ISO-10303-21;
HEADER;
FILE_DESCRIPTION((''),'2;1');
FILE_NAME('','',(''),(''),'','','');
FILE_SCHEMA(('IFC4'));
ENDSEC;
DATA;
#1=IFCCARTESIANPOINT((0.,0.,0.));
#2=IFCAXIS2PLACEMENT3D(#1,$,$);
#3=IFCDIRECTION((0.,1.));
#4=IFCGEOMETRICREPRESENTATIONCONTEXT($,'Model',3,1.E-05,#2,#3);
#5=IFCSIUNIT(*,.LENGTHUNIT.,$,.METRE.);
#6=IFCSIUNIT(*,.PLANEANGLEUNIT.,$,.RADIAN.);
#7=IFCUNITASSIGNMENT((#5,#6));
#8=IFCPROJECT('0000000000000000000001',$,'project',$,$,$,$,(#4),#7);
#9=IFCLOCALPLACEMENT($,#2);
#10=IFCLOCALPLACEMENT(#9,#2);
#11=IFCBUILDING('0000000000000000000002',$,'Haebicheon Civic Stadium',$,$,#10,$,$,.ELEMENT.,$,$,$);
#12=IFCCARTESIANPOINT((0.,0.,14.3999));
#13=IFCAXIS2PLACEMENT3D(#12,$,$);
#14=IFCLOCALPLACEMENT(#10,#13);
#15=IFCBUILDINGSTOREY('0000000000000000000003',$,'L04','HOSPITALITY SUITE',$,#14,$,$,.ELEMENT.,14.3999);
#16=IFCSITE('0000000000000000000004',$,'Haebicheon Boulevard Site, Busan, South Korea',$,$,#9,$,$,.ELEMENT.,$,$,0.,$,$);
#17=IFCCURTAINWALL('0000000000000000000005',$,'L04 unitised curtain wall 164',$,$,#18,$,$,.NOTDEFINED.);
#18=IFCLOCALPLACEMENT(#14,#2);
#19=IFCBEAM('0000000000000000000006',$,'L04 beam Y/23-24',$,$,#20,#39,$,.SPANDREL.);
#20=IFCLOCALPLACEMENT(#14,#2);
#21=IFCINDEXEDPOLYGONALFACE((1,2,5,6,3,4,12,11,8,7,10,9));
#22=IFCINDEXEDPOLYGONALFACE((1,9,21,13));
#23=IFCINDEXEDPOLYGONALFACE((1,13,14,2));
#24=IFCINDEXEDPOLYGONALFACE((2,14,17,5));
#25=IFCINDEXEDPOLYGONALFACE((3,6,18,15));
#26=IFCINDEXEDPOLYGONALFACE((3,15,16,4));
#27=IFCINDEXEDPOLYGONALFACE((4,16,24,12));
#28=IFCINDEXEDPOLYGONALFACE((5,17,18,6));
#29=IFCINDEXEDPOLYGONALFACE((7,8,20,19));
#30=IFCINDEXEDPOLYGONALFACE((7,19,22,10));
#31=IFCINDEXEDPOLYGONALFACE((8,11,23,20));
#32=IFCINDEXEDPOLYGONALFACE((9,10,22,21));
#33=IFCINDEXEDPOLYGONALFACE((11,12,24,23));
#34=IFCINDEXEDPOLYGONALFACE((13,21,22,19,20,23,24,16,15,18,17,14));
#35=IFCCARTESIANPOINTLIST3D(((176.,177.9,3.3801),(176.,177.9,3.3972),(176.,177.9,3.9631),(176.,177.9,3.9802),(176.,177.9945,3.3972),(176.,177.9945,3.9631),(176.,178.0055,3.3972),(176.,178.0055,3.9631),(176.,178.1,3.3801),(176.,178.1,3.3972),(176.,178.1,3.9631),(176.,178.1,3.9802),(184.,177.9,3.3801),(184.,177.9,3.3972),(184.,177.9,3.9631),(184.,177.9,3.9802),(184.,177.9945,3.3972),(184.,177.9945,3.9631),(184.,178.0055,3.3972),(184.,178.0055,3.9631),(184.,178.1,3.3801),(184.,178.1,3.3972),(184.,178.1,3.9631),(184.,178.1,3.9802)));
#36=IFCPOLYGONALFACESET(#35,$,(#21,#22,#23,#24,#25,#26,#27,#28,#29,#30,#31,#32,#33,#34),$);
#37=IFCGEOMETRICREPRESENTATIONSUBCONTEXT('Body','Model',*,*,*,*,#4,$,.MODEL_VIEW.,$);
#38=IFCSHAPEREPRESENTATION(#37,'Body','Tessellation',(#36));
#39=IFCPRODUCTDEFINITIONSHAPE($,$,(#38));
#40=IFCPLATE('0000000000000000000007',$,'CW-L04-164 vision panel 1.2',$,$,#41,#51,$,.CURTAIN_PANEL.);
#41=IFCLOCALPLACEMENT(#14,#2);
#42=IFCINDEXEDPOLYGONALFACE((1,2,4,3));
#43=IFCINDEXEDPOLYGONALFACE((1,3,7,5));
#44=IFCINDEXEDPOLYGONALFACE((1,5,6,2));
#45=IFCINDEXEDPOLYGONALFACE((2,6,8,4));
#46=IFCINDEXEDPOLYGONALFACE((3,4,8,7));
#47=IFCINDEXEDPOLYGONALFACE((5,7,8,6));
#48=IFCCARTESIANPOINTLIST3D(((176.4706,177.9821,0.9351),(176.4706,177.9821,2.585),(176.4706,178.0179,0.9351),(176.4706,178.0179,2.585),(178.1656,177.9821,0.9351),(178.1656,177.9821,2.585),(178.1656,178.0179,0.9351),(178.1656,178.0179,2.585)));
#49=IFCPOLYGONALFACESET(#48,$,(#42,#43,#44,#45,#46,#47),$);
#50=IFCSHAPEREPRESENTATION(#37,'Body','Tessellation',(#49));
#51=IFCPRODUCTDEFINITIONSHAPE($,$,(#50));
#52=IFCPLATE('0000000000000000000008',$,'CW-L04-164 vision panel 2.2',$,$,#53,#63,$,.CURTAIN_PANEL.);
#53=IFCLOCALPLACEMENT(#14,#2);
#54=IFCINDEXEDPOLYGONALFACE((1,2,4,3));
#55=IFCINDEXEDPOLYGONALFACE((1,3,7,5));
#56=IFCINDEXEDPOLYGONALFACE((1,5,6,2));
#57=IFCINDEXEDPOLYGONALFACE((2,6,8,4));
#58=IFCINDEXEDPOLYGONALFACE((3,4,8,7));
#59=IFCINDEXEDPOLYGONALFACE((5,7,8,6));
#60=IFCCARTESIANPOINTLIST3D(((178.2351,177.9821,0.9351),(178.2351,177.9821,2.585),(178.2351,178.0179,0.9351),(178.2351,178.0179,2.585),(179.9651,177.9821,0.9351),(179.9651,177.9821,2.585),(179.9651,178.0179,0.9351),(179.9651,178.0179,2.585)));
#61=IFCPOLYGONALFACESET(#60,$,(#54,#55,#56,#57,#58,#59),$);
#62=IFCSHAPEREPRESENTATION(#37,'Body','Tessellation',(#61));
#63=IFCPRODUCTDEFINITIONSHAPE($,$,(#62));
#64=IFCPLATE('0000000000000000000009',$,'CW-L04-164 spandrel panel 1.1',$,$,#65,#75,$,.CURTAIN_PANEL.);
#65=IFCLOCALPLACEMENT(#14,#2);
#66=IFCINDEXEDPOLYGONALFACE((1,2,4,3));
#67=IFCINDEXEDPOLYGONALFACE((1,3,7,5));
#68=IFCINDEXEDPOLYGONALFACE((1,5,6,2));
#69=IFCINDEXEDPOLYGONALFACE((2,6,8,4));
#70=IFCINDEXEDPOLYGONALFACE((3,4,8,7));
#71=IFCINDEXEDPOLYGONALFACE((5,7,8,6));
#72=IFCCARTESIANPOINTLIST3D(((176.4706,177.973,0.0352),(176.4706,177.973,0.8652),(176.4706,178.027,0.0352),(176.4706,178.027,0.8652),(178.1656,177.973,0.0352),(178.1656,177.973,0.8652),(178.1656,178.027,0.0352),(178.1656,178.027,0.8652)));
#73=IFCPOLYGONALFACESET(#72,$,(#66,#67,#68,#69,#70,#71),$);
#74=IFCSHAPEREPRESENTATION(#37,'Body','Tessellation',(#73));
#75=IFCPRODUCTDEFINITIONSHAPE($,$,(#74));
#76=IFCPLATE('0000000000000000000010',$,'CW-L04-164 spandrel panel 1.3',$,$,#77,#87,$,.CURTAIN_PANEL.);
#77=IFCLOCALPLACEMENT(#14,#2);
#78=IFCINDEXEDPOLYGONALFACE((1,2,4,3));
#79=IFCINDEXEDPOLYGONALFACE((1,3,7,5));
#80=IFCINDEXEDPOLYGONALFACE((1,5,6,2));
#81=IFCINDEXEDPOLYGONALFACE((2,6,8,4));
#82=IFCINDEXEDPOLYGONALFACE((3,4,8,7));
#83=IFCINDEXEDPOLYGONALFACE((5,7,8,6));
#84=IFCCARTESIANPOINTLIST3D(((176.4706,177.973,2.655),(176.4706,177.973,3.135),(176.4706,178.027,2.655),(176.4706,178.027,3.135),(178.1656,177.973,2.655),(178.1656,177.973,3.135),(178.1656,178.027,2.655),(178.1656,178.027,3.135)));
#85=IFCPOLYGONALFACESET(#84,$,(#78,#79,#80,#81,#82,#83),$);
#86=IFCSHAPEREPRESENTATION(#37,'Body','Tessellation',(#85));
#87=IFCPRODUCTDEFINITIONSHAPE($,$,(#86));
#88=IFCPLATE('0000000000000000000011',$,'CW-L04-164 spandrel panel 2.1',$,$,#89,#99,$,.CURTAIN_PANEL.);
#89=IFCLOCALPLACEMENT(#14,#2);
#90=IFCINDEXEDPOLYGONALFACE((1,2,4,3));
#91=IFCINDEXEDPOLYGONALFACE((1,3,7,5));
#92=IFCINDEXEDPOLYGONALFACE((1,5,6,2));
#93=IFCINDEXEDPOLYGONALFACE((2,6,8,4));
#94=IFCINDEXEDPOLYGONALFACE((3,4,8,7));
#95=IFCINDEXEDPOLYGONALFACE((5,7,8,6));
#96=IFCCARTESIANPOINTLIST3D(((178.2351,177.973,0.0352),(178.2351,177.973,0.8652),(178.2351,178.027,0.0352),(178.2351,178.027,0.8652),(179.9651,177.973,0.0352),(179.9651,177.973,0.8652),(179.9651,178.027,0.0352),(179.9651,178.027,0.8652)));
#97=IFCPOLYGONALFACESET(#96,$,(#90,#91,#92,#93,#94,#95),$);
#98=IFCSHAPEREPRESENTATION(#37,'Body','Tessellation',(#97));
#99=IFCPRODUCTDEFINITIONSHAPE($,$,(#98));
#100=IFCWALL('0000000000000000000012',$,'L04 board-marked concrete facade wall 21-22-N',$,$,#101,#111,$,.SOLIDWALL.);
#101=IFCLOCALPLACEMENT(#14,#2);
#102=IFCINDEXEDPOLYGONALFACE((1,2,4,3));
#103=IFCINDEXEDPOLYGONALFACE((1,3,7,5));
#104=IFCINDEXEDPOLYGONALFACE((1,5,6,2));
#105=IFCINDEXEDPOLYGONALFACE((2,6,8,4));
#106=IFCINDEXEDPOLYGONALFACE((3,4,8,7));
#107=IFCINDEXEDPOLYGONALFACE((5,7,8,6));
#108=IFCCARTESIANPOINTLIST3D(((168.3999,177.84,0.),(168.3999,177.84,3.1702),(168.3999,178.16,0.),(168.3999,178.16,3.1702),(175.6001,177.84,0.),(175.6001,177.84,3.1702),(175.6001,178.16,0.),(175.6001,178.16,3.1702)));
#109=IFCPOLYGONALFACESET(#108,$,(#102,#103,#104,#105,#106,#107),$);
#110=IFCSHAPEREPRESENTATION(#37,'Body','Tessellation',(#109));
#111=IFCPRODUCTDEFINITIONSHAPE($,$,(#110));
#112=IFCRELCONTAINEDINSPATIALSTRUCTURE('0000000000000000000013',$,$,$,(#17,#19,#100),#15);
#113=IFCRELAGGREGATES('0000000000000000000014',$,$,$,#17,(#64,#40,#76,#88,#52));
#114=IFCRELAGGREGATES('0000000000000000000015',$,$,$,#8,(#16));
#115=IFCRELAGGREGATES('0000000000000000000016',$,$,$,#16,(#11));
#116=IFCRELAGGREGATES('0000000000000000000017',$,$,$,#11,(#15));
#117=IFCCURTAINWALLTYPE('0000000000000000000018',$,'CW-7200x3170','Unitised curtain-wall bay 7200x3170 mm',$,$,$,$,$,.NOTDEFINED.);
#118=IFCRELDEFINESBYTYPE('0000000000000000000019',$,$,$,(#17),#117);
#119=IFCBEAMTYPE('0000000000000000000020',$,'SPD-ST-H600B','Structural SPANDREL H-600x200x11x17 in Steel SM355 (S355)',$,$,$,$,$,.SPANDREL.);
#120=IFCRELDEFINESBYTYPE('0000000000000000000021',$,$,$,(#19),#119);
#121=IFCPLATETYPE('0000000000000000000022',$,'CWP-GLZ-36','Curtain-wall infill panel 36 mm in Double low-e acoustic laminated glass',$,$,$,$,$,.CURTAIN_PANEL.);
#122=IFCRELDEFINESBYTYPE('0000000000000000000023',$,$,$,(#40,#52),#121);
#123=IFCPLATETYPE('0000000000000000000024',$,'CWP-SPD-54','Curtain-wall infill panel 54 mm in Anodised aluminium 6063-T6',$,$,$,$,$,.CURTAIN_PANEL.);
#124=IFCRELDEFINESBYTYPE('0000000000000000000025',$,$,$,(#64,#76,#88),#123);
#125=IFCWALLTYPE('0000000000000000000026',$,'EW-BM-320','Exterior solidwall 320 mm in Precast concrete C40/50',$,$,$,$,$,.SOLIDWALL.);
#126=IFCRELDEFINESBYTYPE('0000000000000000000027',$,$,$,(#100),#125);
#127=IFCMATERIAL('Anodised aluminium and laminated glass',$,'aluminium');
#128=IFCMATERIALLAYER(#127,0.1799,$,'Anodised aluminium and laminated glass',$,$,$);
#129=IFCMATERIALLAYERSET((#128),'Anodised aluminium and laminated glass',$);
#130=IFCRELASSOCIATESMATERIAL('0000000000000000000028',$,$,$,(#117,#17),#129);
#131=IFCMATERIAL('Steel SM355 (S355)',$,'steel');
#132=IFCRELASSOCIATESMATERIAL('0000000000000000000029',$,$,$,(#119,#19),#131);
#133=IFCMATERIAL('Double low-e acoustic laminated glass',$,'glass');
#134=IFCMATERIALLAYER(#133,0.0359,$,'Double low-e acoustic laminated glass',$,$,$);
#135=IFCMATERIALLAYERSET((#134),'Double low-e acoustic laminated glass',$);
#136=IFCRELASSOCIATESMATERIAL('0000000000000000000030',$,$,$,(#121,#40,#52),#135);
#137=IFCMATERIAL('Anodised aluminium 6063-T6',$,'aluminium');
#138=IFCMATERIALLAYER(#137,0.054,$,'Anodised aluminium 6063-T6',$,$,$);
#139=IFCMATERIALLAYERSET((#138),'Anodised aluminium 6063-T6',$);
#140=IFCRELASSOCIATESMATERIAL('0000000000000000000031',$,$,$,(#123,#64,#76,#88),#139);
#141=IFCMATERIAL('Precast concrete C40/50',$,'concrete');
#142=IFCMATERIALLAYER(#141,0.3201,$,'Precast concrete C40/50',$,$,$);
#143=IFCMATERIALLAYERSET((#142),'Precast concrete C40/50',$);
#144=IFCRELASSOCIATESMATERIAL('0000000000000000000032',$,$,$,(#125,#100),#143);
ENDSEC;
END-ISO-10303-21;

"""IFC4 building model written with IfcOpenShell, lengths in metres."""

from ifc_helpers import new_model, si_unit, direction, frame, frame_2d, origin, origin_2d, place, context, subcontext, project, spatial, rectangle, i_section, extrude, material, layer, layer_set, material_profile, profile_set, type_object, element, aggregate, save


model = new_model("IFC4")

# Units and contexts
model_context = context("Model", 3, precision=1e-05, world=origin(), true_north=direction((0.0, 1.0)))
body_context = subcontext(model_context, "Body", "Model", "MODEL_VIEW")
ifc_project = project(units=[si_unit("LENGTHUNIT", "METRE"), si_unit("PLANEANGLEUNIT", "RADIAN")], contexts=[model_context])

# Site, building, storey
site_placement = place(None, origin())
site = spatial("IfcSite", under=ifc_project, at=site_placement, Name="Haebicheon Boulevard Site, Busan, South Korea", CompositionType="ELEMENT", RefElevation=0.0)
building_placement = place(site_placement, origin())
building = spatial("IfcBuilding", under=site, at=building_placement, Name="Haebicheon Civic Stadium", CompositionType="ELEMENT")
storey_placement = place(building_placement, frame((0.0, 0.0, 14.3999)))
storey = spatial("IfcBuildingStorey", under=building, at=storey_placement, Name="L04", Description="HOSPITALITY SUITE", CompositionType="ELEMENT", Elevation=14.3999)

# Curtain wall
ifc_material_1 = material(Name="Anodised aluminium and laminated glass", Category="aluminium")
ifc_layer_1 = layer(ifc_material_1, 0.1799, Name="Anodised aluminium and laminated glass")
ifc_layer_set_1 = layer_set([ifc_layer_1], Name="Anodised aluminium and laminated glass")
curtain_wall_type = type_object("IfcCurtainWallType", Name="CW-7200x3170", Description="Unitised curtain-wall bay 7200x3170 mm", PredefinedType="NOTDEFINED", material=ifc_layer_set_1)
curtain_wall_placement = place(storey_placement, origin())
curtain_wall = element("IfcCurtainWall", 1, at=curtain_wall_placement, inside=storey, type_object=curtain_wall_type, material=ifc_layer_set_1, Name="L04 unitised curtain wall 164", PredefinedType="NOTDEFINED")

# Beam
ifc_material_2 = material(Name="Steel SM355 (S355)", Category="steel")
ifc_material_profile_1 = material_profile(ifc_material_2, i_section(OverallWidth=0.2, OverallDepth=0.6001, WebThickness=0.011, FlangeThickness=0.0171, at=origin_2d()), Name="H-600x200x11x17")
ifc_profile_set_1 = profile_set([ifc_material_profile_1], Name="Steel SM355 (S355)")
beam_type = type_object("IfcBeamType", Name="SPD-ST-H600B", Description="Structural SPANDREL H-600x200x11x17 in Steel SM355 (S355)", PredefinedType="SPANDREL", material=ifc_profile_set_1)
for number, where, z_axis, x_axis, name in (
    (2, (176.0, 178.0, 3.6802), (1.0, 0.0, 0.0), (0.0, 1.0, 0.0), "L04 beam Y/23-24"),
):
    element("IfcBeam", number, at=place(storey_placement, frame(where, z_axis=z_axis, x_axis=x_axis)), inside=storey, type_object=beam_type, material=ifc_profile_set_1, Name=name, PredefinedType="SPANDREL", context=body_context, shape_type="SweptSolid", body=[
        extrude(i_section(OverallWidth=0.2, OverallDepth=0.6001, WebThickness=0.011, FlangeThickness=0.0171, at=origin_2d()), origin(), (0.0, 0.0, 1.0), 8.0),
    ])

# Plates
ifc_material_3 = material(Name="Double low-e acoustic laminated glass", Category="glass")
ifc_layer_2 = layer(ifc_material_3, 0.0359, Name="Double low-e acoustic laminated glass")
ifc_layer_set_2 = layer_set([ifc_layer_2], Name="Double low-e acoustic laminated glass")
plate_type_1 = type_object("IfcPlateType", Name="CWP-GLZ-36", Description="Curtain-wall infill panel 36 mm in Double low-e acoustic laminated glass", PredefinedType="CURTAIN_PANEL", material=ifc_layer_set_2)
plate_1_placement = place(storey_placement, frame((177.3181, 178.0, 0.9351), z_axis=(0.0, 0.0, 1.0), x_axis=(1.0, 0.0, 0.0)))
plate_1 = element("IfcPlate", 3, at=plate_1_placement, type_object=plate_type_1, material=ifc_layer_set_2, Name="CW-L04-164 vision panel 1.2", PredefinedType="CURTAIN_PANEL", context=body_context, shape_type="SweptSolid", body=[
    extrude(rectangle(XDim=1.6951, YDim=0.0359, at=origin_2d()), origin(), (0.0, 0.0, 1.0), 1.6499),
])
plate_2_placement = place(storey_placement, frame((179.1001, 178.0, 0.9351), z_axis=(0.0, 0.0, 1.0), x_axis=(1.0, 0.0, 0.0)))
plate_2 = element("IfcPlate", 4, at=plate_2_placement, type_object=plate_type_1, material=ifc_layer_set_2, Name="CW-L04-164 vision panel 2.2", PredefinedType="CURTAIN_PANEL", context=body_context, shape_type="SweptSolid", body=[
    extrude(rectangle(XDim=1.73, YDim=0.0359, at=origin_2d()), origin(), (0.0, 0.0, 1.0), 1.6499),
])
ifc_material_4 = material(Name="Anodised aluminium 6063-T6", Category="aluminium")
ifc_layer_3 = layer(ifc_material_4, 0.054, Name="Anodised aluminium 6063-T6")
ifc_layer_set_3 = layer_set([ifc_layer_3], Name="Anodised aluminium 6063-T6")
plate_type_2 = type_object("IfcPlateType", Name="CWP-SPD-54", Description="Curtain-wall infill panel 54 mm in Anodised aluminium 6063-T6", PredefinedType="CURTAIN_PANEL", material=ifc_layer_set_3)
plate_3_placement = place(storey_placement, frame((177.3181, 178.0, 0.0352), z_axis=(0.0, 0.0, 1.0), x_axis=(1.0, 0.0, 0.0)))
plate_3 = element("IfcPlate", 5, at=plate_3_placement, type_object=plate_type_2, material=ifc_layer_set_3, Name="CW-L04-164 spandrel panel 1.1", PredefinedType="CURTAIN_PANEL", context=body_context, shape_type="SweptSolid", body=[
    extrude(rectangle(XDim=1.6951, YDim=0.054, at=origin_2d()), origin(), (0.0, 0.0, 1.0), 0.8301),
])
plate_4_placement = place(storey_placement, frame((177.3181, 178.0, 2.655), z_axis=(0.0, 0.0, 1.0), x_axis=(1.0, 0.0, 0.0)))
plate_4 = element("IfcPlate", 6, at=plate_4_placement, type_object=plate_type_2, material=ifc_layer_set_3, Name="CW-L04-164 spandrel panel 1.3", PredefinedType="CURTAIN_PANEL", context=body_context, shape_type="SweptSolid", body=[
    extrude(rectangle(XDim=1.6951, YDim=0.054, at=origin_2d()), origin(), (0.0, 0.0, 1.0), 0.48),
])
plate_5_placement = place(storey_placement, frame((179.1001, 178.0, 0.0352), z_axis=(0.0, 0.0, 1.0), x_axis=(1.0, 0.0, 0.0)))
plate_5 = element("IfcPlate", 7, at=plate_5_placement, type_object=plate_type_2, material=ifc_layer_set_3, Name="CW-L04-164 spandrel panel 2.1", PredefinedType="CURTAIN_PANEL", context=body_context, shape_type="SweptSolid", body=[
    extrude(rectangle(XDim=1.73, YDim=0.054, at=origin_2d()), origin(), (0.0, 0.0, 1.0), 0.8301),
])
aggregate(curtain_wall, [plate_3, plate_1, plate_4, plate_5, plate_2])

# Wall
ifc_material_5 = material(Name="Precast concrete C40/50", Category="concrete")
ifc_layer_4 = layer(ifc_material_5, 0.3201, Name="Precast concrete C40/50")
ifc_layer_set_4 = layer_set([ifc_layer_4], Name="Precast concrete C40/50")
wall_type = type_object("IfcWallType", Name="EW-BM-320", Description="Exterior solidwall 320 mm in Precast concrete C40/50", PredefinedType="SOLIDWALL", material=ifc_layer_set_4)
wall_placement = place(storey_placement, frame((168.3999, 178.0, 0.0), z_axis=(0.0, 0.0, 1.0), x_axis=(1.0, 0.0, 0.0)))
element("IfcWall", 8, at=wall_placement, inside=storey, type_object=wall_type, material=ifc_layer_set_4, Name="L04 board-marked concrete facade wall 21-22-N", PredefinedType="SOLIDWALL", context=body_context, shape_type="SweptSolid", body=[
    extrude(rectangle(XDim=7.2002, YDim=0.3201, at=frame_2d((3.6001, 0.0))), origin(), (0.0, 0.0, 1.0), 3.1702),
])

save(model, "model.ifc")
